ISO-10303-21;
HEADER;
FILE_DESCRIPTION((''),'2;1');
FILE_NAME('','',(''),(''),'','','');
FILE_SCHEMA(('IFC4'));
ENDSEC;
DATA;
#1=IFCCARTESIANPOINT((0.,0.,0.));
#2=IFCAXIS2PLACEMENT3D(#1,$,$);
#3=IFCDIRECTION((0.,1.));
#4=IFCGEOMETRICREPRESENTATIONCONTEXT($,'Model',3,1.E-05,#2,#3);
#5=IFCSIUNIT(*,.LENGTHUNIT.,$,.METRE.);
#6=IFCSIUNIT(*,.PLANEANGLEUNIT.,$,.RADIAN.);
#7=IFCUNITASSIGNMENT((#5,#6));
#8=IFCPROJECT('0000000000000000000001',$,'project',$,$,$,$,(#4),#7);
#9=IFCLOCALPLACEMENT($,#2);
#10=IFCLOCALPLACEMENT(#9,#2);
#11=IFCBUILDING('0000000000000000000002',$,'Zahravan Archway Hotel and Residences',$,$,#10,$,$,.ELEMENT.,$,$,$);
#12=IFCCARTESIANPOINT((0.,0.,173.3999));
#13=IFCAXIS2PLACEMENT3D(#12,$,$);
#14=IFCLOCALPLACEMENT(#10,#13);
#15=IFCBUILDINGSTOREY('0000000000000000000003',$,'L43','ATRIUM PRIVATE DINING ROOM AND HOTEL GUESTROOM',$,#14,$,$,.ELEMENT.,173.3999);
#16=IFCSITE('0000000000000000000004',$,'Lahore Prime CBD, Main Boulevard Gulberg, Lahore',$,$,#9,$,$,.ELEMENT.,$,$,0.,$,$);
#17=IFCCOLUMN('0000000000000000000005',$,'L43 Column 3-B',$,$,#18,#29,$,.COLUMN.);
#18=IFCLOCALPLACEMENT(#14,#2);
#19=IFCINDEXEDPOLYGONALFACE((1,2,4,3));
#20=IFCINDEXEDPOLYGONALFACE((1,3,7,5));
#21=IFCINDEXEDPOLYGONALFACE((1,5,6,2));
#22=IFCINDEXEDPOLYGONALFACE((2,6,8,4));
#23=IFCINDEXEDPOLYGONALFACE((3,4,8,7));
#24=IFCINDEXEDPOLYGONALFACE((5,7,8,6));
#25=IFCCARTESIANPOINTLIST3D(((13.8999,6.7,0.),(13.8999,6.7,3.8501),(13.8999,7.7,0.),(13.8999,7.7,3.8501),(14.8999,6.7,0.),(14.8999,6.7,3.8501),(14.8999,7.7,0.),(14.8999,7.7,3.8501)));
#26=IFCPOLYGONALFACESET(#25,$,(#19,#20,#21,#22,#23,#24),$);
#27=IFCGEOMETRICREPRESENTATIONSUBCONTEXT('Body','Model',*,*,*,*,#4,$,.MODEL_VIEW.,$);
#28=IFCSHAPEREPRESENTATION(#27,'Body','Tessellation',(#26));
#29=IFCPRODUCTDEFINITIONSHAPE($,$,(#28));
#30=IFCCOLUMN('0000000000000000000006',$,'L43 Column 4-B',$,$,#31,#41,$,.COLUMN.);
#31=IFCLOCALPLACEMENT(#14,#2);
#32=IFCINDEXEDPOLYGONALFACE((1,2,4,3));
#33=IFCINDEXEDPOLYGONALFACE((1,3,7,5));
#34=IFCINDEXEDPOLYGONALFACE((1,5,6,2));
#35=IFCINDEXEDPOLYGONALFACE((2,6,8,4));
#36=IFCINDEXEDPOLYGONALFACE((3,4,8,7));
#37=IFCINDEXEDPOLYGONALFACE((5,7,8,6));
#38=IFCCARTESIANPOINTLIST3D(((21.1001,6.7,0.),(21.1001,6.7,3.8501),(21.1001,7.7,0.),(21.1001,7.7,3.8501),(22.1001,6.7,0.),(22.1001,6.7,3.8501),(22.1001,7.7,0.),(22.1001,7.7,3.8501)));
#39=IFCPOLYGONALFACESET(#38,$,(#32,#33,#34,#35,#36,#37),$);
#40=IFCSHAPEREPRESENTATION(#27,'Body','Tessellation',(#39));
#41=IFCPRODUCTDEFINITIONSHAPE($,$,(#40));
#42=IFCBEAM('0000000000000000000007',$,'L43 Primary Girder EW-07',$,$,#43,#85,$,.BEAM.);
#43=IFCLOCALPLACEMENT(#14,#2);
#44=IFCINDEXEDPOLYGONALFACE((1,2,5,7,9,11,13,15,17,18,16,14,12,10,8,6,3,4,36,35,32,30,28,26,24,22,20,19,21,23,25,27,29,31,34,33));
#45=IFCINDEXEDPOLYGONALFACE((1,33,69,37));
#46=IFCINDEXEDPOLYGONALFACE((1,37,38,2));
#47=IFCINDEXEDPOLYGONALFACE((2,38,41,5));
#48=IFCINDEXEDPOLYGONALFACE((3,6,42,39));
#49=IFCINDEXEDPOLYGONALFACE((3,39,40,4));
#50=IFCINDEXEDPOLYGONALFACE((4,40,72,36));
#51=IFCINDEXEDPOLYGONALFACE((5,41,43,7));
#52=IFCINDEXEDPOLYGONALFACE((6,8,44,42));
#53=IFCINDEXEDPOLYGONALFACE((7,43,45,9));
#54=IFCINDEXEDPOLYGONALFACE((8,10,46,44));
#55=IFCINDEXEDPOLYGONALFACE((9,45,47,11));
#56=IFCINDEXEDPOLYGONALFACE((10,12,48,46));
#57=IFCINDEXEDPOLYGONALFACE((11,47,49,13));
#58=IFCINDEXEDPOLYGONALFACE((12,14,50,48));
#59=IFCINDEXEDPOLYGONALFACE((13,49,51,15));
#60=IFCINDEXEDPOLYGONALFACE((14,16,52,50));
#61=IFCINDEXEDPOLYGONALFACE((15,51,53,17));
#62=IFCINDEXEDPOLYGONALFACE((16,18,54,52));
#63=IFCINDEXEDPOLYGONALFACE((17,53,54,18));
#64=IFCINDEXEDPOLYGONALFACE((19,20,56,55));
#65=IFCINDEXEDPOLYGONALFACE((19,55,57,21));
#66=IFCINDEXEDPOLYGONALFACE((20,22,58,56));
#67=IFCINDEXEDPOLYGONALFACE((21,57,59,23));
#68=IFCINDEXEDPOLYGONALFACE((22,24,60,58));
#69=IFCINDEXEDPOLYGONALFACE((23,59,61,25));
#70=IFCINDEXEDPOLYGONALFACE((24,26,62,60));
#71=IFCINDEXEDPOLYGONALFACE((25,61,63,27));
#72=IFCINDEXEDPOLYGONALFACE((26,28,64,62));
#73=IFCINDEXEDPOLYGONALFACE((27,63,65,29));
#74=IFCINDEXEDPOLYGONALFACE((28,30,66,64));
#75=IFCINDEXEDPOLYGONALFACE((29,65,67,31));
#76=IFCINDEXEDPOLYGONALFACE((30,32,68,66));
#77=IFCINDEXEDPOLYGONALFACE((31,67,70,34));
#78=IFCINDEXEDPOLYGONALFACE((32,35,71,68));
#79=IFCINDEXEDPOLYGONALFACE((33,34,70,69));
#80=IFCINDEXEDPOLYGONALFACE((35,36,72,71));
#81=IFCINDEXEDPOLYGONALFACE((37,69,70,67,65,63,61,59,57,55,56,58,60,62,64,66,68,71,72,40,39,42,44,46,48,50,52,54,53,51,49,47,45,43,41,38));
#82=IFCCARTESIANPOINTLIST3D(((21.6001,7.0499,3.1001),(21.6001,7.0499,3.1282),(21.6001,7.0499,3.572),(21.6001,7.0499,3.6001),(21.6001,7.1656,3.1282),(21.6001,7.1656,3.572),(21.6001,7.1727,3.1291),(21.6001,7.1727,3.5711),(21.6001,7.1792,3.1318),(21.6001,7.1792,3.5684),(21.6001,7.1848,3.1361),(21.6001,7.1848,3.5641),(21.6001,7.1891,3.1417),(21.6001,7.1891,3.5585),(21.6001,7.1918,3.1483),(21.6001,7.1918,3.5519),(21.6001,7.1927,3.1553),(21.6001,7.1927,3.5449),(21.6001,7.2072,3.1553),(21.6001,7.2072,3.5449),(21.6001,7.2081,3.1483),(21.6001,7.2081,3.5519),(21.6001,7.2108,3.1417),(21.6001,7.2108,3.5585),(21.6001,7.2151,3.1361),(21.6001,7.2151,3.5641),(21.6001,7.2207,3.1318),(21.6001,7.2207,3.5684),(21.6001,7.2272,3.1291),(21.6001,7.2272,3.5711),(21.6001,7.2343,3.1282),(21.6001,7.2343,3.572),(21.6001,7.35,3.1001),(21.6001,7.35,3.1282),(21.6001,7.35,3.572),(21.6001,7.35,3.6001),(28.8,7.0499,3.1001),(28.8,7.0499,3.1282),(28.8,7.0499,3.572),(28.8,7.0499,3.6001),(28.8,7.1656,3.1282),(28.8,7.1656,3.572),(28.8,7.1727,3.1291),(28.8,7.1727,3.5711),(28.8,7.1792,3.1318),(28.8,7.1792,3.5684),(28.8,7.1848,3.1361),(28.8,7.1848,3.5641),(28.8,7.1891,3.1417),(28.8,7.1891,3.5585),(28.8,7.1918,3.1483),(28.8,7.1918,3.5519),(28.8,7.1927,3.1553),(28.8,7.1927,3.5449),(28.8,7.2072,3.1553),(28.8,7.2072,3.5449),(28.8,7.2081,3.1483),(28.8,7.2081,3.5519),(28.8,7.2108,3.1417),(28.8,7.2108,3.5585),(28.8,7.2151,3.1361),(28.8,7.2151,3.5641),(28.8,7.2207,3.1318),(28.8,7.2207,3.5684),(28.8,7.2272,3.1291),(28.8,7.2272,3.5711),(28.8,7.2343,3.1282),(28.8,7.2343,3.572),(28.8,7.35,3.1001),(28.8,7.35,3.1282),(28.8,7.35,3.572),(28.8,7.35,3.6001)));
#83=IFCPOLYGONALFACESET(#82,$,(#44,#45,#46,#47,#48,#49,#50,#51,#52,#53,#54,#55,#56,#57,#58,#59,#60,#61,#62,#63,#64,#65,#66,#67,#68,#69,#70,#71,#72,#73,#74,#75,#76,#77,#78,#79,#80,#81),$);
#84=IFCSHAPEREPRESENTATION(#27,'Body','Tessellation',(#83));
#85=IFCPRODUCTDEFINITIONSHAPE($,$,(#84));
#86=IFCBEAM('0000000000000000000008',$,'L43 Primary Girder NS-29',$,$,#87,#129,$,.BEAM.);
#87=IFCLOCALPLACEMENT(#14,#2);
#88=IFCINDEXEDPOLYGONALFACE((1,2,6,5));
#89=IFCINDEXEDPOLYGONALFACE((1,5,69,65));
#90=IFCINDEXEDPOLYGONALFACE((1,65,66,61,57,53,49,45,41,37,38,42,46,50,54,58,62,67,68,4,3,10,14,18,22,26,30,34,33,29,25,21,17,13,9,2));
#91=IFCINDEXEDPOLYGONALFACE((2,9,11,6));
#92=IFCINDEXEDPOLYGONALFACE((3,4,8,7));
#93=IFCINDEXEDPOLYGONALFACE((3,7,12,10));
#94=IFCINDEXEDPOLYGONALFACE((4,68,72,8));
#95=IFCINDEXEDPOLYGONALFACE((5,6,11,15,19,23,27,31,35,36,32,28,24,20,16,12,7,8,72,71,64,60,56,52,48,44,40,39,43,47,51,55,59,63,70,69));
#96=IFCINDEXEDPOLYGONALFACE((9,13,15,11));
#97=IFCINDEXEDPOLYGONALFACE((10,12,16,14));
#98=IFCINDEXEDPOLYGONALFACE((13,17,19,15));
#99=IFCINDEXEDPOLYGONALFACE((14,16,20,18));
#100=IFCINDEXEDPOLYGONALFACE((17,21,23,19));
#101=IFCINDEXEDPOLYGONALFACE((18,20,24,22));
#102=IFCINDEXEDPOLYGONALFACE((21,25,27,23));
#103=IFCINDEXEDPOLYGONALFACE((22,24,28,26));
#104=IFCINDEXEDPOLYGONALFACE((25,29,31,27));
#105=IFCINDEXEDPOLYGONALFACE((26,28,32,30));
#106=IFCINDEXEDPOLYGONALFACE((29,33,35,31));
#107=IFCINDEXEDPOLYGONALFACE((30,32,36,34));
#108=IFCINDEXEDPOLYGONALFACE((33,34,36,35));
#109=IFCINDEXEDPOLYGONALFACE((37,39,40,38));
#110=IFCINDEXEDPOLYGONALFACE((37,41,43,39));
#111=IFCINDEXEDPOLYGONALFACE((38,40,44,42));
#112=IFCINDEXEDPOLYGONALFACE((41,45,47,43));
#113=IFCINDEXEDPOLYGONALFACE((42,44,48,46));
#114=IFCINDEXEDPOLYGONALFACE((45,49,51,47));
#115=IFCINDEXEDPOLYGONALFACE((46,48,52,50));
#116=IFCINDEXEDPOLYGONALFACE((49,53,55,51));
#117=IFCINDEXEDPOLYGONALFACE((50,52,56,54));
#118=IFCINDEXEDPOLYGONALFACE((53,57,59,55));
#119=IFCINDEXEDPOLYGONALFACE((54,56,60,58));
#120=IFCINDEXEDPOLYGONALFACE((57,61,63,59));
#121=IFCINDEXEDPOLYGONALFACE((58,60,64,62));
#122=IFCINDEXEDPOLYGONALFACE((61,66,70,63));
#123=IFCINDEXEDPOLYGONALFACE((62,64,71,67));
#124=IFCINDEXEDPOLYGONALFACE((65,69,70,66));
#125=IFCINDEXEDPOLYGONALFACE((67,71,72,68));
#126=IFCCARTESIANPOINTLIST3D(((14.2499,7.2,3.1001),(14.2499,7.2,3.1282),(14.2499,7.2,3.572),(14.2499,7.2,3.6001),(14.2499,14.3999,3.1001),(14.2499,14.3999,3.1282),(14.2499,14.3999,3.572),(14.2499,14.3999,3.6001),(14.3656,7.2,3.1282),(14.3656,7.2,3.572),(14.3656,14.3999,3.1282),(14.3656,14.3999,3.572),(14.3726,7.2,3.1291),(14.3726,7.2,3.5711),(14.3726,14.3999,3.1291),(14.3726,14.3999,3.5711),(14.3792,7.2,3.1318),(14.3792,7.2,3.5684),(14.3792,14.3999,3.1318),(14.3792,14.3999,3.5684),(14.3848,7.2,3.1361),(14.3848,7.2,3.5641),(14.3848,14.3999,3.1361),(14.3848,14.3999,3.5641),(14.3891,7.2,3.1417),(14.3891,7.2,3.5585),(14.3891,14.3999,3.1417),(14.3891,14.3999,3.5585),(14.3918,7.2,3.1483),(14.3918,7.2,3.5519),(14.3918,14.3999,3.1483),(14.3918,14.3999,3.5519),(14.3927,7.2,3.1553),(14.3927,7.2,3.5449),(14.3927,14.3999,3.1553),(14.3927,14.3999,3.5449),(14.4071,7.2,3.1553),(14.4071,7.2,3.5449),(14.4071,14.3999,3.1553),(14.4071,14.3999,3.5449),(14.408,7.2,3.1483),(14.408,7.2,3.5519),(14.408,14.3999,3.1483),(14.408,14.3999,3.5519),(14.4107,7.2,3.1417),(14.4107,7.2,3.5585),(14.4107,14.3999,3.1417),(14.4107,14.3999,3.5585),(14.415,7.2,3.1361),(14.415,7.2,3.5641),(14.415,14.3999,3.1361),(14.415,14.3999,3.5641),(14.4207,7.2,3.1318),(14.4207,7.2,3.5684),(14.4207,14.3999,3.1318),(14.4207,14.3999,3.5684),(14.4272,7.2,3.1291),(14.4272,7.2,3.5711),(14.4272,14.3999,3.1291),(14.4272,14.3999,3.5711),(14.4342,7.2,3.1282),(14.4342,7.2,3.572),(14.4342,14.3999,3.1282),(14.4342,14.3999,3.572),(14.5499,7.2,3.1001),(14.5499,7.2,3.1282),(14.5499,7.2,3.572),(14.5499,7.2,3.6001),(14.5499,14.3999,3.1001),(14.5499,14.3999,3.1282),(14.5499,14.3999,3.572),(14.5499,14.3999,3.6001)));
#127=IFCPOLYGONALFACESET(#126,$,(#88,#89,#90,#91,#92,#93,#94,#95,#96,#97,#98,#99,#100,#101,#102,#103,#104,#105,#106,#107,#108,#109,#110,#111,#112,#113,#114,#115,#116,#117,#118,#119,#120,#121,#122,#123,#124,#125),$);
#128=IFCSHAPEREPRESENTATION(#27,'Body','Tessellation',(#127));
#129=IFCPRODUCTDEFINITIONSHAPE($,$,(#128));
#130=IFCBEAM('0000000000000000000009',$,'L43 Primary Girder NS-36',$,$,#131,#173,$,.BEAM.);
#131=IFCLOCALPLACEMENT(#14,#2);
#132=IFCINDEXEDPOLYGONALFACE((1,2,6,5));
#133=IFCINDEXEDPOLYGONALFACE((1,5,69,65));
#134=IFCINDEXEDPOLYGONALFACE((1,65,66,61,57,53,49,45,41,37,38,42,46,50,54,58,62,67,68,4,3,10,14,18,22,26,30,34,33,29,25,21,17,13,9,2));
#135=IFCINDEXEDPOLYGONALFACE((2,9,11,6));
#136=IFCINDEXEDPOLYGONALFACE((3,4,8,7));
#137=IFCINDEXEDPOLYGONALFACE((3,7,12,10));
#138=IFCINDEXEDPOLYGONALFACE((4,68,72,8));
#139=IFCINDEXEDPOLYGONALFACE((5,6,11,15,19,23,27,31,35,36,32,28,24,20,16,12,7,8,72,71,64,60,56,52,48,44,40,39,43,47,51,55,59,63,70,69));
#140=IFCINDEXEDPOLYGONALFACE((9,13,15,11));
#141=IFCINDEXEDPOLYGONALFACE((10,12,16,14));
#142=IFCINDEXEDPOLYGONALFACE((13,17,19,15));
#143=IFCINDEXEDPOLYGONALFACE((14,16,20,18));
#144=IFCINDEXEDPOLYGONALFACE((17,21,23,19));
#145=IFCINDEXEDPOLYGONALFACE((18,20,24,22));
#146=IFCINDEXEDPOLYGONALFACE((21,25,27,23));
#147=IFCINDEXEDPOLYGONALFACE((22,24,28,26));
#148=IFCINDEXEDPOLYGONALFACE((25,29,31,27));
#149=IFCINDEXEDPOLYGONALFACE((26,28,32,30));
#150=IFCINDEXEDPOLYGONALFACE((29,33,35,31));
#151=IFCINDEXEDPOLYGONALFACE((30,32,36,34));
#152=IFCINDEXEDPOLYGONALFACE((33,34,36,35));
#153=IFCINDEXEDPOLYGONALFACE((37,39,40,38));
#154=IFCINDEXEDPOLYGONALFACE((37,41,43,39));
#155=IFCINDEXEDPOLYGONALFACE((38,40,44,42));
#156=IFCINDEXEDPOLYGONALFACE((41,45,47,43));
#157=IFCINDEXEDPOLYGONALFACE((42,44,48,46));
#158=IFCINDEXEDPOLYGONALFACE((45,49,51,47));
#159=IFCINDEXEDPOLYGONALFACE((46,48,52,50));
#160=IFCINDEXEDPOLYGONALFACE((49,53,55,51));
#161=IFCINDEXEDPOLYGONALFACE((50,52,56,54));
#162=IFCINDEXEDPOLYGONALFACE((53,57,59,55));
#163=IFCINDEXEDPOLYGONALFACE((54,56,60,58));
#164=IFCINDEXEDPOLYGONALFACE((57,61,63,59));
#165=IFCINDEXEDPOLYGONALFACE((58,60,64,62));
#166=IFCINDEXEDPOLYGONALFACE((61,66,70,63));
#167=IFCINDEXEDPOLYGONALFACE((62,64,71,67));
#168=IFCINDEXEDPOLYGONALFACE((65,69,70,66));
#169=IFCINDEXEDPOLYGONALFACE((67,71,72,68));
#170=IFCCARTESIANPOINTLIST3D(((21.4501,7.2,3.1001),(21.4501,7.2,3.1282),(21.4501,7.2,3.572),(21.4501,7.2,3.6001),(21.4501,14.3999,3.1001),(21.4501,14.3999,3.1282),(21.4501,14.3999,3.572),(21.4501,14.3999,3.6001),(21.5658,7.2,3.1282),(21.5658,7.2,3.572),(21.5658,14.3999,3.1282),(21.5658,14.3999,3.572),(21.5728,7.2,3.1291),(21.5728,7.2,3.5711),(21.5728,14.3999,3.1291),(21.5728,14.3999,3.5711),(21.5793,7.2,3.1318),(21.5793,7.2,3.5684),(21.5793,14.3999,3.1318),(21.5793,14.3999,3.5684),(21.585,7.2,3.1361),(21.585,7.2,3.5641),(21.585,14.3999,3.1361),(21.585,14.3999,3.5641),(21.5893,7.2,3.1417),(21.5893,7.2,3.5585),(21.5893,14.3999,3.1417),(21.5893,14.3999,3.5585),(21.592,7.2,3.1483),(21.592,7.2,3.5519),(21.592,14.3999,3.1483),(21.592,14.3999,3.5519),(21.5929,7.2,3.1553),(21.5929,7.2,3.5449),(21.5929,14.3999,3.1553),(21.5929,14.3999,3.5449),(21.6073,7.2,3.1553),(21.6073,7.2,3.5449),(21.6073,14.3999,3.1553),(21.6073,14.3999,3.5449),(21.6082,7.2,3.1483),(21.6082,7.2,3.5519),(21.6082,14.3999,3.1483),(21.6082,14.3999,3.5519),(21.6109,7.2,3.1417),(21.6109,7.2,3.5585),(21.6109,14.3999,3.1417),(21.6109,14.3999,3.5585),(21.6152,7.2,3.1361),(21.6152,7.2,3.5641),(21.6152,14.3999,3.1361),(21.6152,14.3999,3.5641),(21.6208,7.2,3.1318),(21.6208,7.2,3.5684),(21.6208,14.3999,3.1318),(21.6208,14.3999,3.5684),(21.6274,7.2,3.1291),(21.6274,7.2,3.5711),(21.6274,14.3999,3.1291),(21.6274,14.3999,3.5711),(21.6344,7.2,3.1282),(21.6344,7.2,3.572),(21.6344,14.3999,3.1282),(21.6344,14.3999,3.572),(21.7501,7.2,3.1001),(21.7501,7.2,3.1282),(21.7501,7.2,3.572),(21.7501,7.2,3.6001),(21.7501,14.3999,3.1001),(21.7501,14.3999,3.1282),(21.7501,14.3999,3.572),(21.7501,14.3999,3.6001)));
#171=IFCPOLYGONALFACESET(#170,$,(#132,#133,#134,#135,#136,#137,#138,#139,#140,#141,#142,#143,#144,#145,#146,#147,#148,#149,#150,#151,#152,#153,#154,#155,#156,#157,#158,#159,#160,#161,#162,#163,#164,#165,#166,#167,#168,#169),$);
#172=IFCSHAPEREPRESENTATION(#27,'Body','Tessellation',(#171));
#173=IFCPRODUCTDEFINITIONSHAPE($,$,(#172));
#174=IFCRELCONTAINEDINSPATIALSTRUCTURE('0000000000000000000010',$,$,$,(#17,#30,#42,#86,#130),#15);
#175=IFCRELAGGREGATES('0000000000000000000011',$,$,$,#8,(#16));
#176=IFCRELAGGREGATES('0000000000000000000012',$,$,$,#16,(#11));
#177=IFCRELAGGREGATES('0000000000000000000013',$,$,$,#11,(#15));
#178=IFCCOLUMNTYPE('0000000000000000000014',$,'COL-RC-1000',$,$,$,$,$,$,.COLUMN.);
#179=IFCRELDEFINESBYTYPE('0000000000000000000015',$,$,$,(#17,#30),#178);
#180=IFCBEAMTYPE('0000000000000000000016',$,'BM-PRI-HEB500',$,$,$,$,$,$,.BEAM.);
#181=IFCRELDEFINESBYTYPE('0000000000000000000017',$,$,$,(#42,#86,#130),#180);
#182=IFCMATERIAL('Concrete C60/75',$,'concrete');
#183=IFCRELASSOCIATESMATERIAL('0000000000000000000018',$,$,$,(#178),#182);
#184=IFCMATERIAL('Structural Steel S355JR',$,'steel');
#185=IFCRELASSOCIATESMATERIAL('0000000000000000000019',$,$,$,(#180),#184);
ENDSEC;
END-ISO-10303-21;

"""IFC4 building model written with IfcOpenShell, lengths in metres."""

from ifc_helpers import new_model, si_unit, direction, frame, origin, origin_2d, place, context, subcontext, project, spatial, rectangle, i_section, extrude, source, transform, mapped, material, material_profile, profile_set, type_object, element, save


model = new_model("IFC4")

# Units and contexts
model_context = context("Model", 3, precision=1e-05, world=origin(), true_north=direction((0.0, 1.0)))
body_context = subcontext(model_context, "Body", "Model", "MODEL_VIEW")
ifc_project = project(units=[si_unit("LENGTHUNIT", "METRE"), si_unit("PLANEANGLEUNIT", "RADIAN")], contexts=[model_context])

# Site, building, storey
site_placement = place(None, origin())
site = spatial("IfcSite", under=ifc_project, at=site_placement, Name="Lahore Prime CBD, Main Boulevard Gulberg, Lahore", CompositionType="ELEMENT", RefElevation=0.0)
building_placement = place(site_placement, origin())
building = spatial("IfcBuilding", under=site, at=building_placement, Name="Zahravan Archway Hotel and Residences", CompositionType="ELEMENT")
storey_placement = place(building_placement, frame((0.0, 0.0, 173.3999)))
storey = spatial("IfcBuildingStorey", under=building, at=storey_placement, Name="L43", Description="ATRIUM PRIVATE DINING ROOM AND HOTEL GUESTROOM", CompositionType="ELEMENT", Elevation=173.3999)

# Columns
ifc_material_1 = material(Name="Concrete C60/75", Category="concrete")
ifc_material_profile_1 = material_profile(ifc_material_1, rectangle(XDim=1.0, YDim=1.0, at=origin_2d()), Name="RC-COL-1000x1000", Category="concrete")
ifc_profile_set_1 = profile_set([ifc_material_profile_1], Name="Concrete C60/75")
column_type = type_object("IfcColumnType", Name="COL-RC-1000", PredefinedType="COLUMN", material=ifc_profile_set_1)
shared_shape_1 = source(origin(), body_context, "Body", "SweptSolid", [
    extrude(rectangle(XDim=1.0, YDim=1.0, at=origin_2d()), origin(), (0.0, 0.0, 1.0), 3.8501),
])
for number, where, z_axis, x_axis, name in (
    (1, (14.3999, 7.2, 0.0), (0.0, 0.0, 1.0), (1.0, 0.0, 0.0), "L43 Column 3-B"),
    (2, (21.6001, 7.2, 0.0), (0.0, 0.0, 1.0), (1.0, 0.0, 0.0), "L43 Column 4-B"),
):
    element("IfcColumn", number, at=place(storey_placement, frame(where, z_axis=z_axis, x_axis=x_axis)), inside=storey, type_object=column_type, Name=name, PredefinedType="COLUMN", context=body_context, shape_type="MappedRepresentation", body=[
        mapped(shared_shape_1, transform((0.0, 0.0, 0.0), scale=1.0)),
    ])

# Beams
ifc_material_2 = material(Name="Structural Steel S355JR", Category="steel")
ifc_material_profile_2 = material_profile(ifc_material_2, i_section(OverallWidth=0.3, OverallDepth=0.5, WebThickness=0.0144, FlangeThickness=0.0281, FilletRadius=0.0271, at=origin_2d()), Name="HEB 500", Category="steel")
ifc_profile_set_2 = profile_set([ifc_material_profile_2], Name="Structural Steel S355JR")
beam_type_1 = type_object("IfcBeamType", Name="BM-PRI-HEB500", PredefinedType="BEAM", material=ifc_profile_set_2)
shared_shape_2 = source(origin(), body_context, "Body", "SweptSolid", [
    extrude(i_section(OverallWidth=0.3, OverallDepth=0.5, WebThickness=0.0144, FlangeThickness=0.0281, FilletRadius=0.0271, at=origin_2d()), origin(), (0.0, 0.0, 1.0), 7.2),
])
for number, where, z_axis, x_axis, name in (
    (3, (21.6001, 7.2, 3.3501), (1.0, 0.0, 0.0), (0.0, 1.0, 0.0), "L43 Primary Girder EW-07"),
    (4, (14.3999, 7.2, 3.3501), (0.0, 1.0, 0.0), (-1.0, 0.0, 0.0), "L43 Primary Girder NS-29"),
    (5, (21.6001, 7.2, 3.3501), (0.0, 1.0, 0.0), (-1.0, 0.0, 0.0), "L43 Primary Girder NS-36"),
):
    element("IfcBeam", number, at=place(storey_placement, frame(where, z_axis=z_axis, x_axis=x_axis)), inside=storey, type_object=beam_type_1, Name=name, PredefinedType="BEAM", context=body_context, shape_type="MappedRepresentation", body=[
        mapped(shared_shape_2, transform((0.0, 0.0, 0.0), scale=1.0)),
    ])

save(model, "model.ifc")
